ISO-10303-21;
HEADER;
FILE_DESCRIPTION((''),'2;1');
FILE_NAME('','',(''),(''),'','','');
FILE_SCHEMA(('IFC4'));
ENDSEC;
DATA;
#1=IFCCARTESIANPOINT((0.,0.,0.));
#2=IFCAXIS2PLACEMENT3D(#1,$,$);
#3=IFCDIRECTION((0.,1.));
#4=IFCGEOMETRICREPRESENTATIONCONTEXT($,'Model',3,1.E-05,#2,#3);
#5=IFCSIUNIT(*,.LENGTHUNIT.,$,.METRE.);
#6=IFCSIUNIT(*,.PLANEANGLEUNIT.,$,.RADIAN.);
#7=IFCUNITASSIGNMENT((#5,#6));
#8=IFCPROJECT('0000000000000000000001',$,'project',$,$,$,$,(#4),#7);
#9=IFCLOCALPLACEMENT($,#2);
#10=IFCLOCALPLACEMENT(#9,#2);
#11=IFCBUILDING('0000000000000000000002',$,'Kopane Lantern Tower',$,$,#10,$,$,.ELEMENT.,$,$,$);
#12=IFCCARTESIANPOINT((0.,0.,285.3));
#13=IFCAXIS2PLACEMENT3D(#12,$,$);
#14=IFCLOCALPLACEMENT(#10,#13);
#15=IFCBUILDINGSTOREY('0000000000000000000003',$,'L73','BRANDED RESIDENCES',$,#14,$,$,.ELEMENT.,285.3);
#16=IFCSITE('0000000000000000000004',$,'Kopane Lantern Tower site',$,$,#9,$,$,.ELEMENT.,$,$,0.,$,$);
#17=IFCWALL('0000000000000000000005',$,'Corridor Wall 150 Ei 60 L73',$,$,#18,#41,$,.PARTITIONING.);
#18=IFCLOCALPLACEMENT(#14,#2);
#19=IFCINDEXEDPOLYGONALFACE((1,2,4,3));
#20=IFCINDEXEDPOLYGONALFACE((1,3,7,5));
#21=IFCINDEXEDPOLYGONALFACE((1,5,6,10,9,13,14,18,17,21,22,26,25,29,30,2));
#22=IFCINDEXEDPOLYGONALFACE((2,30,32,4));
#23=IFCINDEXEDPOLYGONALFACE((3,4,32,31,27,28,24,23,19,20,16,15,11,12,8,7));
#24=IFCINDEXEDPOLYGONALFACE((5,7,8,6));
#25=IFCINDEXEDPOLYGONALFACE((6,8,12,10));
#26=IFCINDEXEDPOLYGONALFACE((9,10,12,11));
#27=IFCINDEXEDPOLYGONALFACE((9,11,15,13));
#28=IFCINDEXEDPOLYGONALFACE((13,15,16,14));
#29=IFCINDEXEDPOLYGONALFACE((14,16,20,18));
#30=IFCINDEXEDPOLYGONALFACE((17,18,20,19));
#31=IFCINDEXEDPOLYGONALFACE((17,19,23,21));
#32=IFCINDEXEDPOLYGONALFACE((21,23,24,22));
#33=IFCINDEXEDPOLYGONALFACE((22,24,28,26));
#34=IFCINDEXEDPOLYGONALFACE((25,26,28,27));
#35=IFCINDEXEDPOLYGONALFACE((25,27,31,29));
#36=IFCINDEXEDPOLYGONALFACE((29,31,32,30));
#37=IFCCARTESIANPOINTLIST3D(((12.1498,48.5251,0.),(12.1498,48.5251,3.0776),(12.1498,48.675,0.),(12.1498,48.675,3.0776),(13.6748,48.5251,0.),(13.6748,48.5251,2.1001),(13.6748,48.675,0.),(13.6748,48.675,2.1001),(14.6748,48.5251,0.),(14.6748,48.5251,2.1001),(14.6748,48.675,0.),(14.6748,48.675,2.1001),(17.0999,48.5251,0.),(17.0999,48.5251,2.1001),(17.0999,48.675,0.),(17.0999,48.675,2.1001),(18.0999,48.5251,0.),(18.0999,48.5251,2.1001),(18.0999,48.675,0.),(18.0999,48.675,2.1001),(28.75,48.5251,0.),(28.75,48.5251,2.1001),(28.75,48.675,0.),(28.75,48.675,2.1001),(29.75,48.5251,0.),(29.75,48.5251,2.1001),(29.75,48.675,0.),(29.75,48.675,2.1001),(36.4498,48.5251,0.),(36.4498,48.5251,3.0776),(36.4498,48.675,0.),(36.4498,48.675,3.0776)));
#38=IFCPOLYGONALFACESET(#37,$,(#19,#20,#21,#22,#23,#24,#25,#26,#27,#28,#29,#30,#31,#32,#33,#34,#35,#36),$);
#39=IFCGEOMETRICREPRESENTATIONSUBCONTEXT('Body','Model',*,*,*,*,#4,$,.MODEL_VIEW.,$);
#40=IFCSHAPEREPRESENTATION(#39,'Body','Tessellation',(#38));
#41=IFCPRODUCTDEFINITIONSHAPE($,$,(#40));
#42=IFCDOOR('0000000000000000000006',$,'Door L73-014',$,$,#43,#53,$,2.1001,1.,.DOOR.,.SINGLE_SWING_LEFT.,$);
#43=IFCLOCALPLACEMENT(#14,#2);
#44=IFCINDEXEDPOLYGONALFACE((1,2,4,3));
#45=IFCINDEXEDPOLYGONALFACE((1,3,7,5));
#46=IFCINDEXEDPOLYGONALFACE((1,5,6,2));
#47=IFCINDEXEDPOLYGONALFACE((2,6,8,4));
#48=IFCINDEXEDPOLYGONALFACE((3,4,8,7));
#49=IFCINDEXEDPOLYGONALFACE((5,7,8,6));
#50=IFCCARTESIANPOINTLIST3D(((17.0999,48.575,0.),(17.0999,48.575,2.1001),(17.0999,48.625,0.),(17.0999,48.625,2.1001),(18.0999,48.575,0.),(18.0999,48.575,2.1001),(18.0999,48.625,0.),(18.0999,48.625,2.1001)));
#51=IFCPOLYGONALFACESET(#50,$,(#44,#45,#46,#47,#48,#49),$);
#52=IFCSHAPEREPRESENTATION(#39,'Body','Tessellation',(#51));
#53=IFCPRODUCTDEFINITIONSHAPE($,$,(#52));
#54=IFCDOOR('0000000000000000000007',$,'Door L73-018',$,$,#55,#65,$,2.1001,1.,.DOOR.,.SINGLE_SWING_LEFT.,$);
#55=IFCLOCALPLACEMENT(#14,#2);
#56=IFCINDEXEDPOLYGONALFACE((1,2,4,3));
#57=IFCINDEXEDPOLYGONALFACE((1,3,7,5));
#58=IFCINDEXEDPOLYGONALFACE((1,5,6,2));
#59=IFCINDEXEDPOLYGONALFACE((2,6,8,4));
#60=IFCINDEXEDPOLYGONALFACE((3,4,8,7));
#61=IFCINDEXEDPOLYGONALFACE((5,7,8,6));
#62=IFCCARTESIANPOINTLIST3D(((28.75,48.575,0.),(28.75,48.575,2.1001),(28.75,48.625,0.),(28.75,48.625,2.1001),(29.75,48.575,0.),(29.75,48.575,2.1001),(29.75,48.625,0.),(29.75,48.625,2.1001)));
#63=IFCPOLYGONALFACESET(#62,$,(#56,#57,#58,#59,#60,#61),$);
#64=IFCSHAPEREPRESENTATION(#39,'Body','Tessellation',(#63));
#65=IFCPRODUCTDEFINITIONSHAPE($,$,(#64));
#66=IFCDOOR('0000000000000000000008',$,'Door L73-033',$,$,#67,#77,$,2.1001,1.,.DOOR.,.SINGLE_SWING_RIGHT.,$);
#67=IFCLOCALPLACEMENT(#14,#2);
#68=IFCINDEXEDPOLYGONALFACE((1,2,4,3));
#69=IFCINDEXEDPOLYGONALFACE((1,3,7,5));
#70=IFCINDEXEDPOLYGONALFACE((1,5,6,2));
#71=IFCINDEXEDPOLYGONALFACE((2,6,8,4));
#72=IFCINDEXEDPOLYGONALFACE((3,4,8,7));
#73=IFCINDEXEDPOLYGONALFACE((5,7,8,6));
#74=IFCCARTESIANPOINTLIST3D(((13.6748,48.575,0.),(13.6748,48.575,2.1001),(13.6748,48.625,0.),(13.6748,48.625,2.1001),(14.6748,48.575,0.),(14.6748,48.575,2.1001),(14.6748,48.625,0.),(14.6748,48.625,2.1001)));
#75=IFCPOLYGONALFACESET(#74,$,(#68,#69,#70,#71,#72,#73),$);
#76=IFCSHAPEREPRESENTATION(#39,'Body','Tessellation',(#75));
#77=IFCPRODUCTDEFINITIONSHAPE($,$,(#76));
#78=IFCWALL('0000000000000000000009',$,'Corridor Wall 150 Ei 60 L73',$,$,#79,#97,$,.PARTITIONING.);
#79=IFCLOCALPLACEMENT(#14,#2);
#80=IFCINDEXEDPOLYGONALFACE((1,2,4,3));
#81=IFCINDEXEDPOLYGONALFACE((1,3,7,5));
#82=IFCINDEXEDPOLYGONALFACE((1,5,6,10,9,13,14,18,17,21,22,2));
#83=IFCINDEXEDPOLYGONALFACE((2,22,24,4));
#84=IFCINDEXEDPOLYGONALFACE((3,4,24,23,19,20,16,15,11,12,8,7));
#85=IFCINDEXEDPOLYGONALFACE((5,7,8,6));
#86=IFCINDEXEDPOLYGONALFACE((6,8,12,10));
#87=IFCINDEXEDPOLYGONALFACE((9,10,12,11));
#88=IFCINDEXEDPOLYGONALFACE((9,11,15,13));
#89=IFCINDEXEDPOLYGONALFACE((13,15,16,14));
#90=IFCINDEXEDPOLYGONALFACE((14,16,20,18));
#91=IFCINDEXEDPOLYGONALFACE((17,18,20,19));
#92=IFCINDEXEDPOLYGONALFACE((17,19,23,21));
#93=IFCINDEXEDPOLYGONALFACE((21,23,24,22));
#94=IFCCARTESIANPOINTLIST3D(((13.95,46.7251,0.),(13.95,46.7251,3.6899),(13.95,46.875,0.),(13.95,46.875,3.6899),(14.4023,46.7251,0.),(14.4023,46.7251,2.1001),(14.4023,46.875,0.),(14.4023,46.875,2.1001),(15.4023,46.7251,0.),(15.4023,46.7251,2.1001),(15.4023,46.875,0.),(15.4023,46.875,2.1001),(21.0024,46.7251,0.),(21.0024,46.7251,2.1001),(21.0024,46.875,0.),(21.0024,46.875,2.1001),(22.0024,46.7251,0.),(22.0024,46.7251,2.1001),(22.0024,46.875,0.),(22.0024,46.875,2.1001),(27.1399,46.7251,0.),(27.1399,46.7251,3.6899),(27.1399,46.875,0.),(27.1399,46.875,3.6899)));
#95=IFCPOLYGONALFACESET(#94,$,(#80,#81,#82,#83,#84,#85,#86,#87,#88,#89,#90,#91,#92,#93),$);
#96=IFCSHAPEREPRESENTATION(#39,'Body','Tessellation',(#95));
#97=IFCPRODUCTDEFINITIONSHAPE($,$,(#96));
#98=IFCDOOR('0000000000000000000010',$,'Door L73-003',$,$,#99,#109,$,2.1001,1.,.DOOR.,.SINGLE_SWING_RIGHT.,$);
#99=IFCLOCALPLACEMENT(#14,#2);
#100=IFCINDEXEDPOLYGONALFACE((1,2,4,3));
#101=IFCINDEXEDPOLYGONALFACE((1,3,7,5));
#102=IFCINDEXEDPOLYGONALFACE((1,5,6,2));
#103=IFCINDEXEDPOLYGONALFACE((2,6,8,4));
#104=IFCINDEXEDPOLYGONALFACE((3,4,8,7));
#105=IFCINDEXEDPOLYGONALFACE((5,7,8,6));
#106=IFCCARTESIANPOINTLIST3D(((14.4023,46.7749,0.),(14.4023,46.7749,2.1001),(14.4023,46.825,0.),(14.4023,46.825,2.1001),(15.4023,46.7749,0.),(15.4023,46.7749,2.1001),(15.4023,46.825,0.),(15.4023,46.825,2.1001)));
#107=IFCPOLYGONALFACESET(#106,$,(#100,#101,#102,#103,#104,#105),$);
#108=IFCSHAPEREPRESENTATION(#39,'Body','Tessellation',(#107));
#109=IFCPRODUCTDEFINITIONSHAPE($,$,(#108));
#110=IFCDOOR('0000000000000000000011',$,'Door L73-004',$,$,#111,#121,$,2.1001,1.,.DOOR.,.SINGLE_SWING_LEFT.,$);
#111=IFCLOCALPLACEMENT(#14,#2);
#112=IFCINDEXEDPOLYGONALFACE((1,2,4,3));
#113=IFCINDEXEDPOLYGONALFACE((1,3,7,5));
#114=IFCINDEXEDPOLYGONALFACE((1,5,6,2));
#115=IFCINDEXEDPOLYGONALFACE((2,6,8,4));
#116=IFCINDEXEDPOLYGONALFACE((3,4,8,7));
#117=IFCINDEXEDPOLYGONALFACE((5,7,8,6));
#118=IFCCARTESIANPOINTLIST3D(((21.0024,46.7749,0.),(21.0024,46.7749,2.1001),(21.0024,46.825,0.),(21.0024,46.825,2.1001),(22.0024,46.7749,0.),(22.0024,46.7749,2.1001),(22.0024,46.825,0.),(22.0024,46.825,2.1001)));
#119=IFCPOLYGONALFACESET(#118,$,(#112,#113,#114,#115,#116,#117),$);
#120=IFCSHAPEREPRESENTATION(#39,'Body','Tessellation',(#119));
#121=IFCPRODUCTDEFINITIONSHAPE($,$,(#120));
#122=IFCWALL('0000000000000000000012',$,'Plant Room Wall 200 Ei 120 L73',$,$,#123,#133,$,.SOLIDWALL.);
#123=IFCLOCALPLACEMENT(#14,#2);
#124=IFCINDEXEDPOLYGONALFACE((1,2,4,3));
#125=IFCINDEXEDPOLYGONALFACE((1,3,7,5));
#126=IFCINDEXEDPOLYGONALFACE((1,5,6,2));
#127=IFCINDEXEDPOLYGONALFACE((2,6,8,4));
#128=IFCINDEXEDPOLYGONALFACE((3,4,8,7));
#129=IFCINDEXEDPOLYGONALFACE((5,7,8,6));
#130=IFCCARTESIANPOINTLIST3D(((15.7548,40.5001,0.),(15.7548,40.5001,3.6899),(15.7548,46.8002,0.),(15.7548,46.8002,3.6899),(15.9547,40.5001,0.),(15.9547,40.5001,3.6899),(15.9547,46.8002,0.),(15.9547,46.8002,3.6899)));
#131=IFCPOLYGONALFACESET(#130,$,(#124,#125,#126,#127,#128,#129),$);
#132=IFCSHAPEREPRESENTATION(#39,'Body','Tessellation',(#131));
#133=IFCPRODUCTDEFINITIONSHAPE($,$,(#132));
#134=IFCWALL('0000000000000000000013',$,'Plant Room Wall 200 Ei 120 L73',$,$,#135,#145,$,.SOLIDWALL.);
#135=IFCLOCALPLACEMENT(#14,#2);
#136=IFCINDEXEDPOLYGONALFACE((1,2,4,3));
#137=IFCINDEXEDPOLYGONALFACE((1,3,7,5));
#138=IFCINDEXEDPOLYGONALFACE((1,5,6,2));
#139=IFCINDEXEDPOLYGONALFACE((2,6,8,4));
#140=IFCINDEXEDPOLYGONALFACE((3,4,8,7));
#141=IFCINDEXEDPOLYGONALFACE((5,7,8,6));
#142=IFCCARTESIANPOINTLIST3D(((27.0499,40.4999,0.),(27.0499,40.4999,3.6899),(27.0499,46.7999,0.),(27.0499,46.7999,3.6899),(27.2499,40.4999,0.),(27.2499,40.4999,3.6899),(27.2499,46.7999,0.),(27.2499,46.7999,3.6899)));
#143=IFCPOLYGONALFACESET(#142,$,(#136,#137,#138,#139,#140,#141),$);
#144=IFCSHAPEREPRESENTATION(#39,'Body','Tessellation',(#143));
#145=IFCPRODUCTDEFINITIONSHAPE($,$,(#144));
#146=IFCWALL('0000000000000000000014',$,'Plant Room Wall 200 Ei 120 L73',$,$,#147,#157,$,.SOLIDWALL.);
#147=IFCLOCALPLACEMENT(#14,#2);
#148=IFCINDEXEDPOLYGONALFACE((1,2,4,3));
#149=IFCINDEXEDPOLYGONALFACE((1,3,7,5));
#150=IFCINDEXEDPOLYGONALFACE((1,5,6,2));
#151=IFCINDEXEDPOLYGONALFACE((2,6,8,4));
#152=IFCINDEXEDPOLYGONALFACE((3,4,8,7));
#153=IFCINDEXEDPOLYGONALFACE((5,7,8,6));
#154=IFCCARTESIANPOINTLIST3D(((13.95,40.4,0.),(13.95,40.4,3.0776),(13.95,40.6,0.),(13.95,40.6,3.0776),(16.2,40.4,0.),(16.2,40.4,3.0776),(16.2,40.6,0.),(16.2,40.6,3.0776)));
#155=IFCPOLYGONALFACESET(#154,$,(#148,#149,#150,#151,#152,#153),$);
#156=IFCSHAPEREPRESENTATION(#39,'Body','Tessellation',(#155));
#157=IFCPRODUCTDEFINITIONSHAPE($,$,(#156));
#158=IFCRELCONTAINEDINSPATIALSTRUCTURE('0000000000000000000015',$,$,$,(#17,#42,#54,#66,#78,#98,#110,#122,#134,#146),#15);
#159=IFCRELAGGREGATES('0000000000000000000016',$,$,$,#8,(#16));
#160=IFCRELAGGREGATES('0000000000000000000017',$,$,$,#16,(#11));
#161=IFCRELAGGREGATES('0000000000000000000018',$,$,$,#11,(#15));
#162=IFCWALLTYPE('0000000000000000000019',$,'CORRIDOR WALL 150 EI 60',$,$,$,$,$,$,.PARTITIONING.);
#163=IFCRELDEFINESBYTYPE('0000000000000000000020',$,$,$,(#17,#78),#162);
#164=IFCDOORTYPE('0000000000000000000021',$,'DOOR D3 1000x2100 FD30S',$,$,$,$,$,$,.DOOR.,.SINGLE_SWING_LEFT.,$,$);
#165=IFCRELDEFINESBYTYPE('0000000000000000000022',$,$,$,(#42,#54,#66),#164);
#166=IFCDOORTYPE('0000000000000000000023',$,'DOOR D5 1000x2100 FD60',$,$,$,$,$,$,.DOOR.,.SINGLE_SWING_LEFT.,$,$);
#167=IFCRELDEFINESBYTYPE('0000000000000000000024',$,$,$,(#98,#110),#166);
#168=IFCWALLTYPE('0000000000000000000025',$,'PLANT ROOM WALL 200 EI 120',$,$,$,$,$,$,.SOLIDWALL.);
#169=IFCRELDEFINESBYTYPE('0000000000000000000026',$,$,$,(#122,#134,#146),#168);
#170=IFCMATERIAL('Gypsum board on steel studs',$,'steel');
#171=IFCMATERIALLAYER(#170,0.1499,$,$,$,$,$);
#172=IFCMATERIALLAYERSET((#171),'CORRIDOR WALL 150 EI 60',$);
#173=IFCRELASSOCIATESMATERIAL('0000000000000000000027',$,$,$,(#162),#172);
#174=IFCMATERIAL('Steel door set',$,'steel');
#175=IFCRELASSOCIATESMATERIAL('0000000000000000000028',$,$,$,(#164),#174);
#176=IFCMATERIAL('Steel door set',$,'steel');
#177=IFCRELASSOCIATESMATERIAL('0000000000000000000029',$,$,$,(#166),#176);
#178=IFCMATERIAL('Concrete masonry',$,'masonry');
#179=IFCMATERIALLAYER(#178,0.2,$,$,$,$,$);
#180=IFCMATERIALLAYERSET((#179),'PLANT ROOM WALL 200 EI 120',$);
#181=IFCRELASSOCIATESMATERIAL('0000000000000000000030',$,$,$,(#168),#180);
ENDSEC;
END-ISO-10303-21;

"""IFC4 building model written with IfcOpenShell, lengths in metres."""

from ifc_helpers import new_model, si_unit, direction, frame, frame_2d, origin, place, context, subcontext, project, spatial, rectangle, extrude, material, layer, layer_set, type_object, element, fill, save


model = new_model("IFC4")

# Units and contexts
model_context = context("Model", 3, precision=1e-05, world=origin(), true_north=direction((0.0, 1.0)))
body_context = subcontext(model_context, "Body", "Model", "MODEL_VIEW")
ifc_project = project(units=[si_unit("LENGTHUNIT", "METRE"), si_unit("PLANEANGLEUNIT", "RADIAN")], contexts=[model_context])

# Site, building, storey
site_placement = place(None, origin())
site = spatial("IfcSite", under=ifc_project, at=site_placement, Name="Kopane Lantern Tower site", CompositionType="ELEMENT", RefElevation=0.0)
building_placement = place(site_placement, origin())
building = spatial("IfcBuilding", under=site, at=building_placement, Name="Kopane Lantern Tower", CompositionType="ELEMENT")
storey_placement = place(building_placement, frame((0.0, 0.0, 285.3)))
storey = spatial("IfcBuildingStorey", under=building, at=storey_placement, Name="L73", Description="BRANDED RESIDENCES", CompositionType="ELEMENT", Elevation=285.3)

# Walls, openings, doors
ifc_material_1 = material(Name="Gypsum board on steel studs", Category="steel")
ifc_layer_1 = layer(ifc_material_1, 0.1499)
ifc_layer_set_1 = layer_set([ifc_layer_1], Name="CORRIDOR WALL 150 EI 60")
wall_type_1 = type_object("IfcWallType", Name="CORRIDOR WALL 150 EI 60", PredefinedType="PARTITIONING", material=ifc_layer_set_1)
wall_1_placement = place(storey_placement, frame((12.1499, 48.6001, 0.0), z_axis=(0.0, 0.0, 1.0), x_axis=(1.0, 0.0, 0.0)))
wall_1 = element("IfcWall", 1, at=wall_1_placement, inside=storey, type_object=wall_type_1, Name="Corridor Wall 150 Ei 60 L73", PredefinedType="PARTITIONING", context=body_context, shape_type="SweptSolid", body=[
    extrude(rectangle(XDim=24.3, YDim=0.1499, at=frame_2d((12.1499, 0.0))), origin(), (0.0, 0.0, 1.0), 3.0776),
])
opening_1_placement = place(wall_1_placement, frame((4.95, 0.0, 0.0)))
opening_1 = element("IfcOpeningElement", 2, at=opening_1_placement, cuts=wall_1, PredefinedType="OPENING", context=body_context, shape_type="SweptSolid", body=[
    extrude(rectangle(XDim=1.0, YDim=2.1001, at=frame_2d((0.5, 1.05))), frame((0.0, 0.085, 0.0), z_axis=(0.0, -1.0, 0.0), x_axis=(1.0, 0.0, 0.0)), (0.0, 0.0, 1.0), 0.1699),
])
opening_2_placement = place(wall_1_placement, frame((16.6001, 0.0, 0.0)))
opening_2 = element("IfcOpeningElement", 3, at=opening_2_placement, cuts=wall_1, PredefinedType="OPENING", context=body_context, shape_type="SweptSolid", body=[
    extrude(rectangle(XDim=1.0, YDim=2.1001, at=frame_2d((0.5, 1.05))), frame((0.0, 0.085, 0.0), z_axis=(0.0, -1.0, 0.0), x_axis=(1.0, 0.0, 0.0)), (0.0, 0.0, 1.0), 0.1699),
])
opening_3_placement = place(wall_1_placement, frame((1.5249, 0.0, 0.0)))
opening_3 = element("IfcOpeningElement", 4, at=opening_3_placement, cuts=wall_1, PredefinedType="OPENING", context=body_context, shape_type="SweptSolid", body=[
    extrude(rectangle(XDim=1.0, YDim=2.1001, at=frame_2d((0.5, 1.05))), frame((0.0, 0.085, 0.0), z_axis=(0.0, -1.0, 0.0), x_axis=(1.0, 0.0, 0.0)), (0.0, 0.0, 1.0), 0.1699),
])
ifc_material_2 = material(Name="Steel door set", Category="steel")
door_type_1 = type_object("IfcDoorType", Name="DOOR D3 1000x2100 FD30S", OperationType="SINGLE_SWING_LEFT", PredefinedType="DOOR", material=ifc_material_2)
door_1_placement = place(opening_1_placement, origin())
door_1 = element("IfcDoor", 5, at=door_1_placement, inside=storey, type_object=door_type_1, Name="Door L73-014", OperationType="SINGLE_SWING_LEFT", OverallHeight=2.1001, OverallWidth=1.0, PredefinedType="DOOR", context=body_context, shape_type="SweptSolid", body=[
    extrude(rectangle(XDim=1.0, YDim=2.1001, at=frame_2d((0.5, 1.05))), frame((0.0, 0.0249, 0.0), z_axis=(0.0, -1.0, 0.0), x_axis=(1.0, 0.0, 0.0)), (0.0, 0.0, 1.0), 0.05),
])
fill(opening_1, door_1)
door_2_placement = place(opening_2_placement, origin())
door_2 = element("IfcDoor", 6, at=door_2_placement, inside=storey, type_object=door_type_1, Name="Door L73-018", OperationType="SINGLE_SWING_LEFT", OverallHeight=2.1001, OverallWidth=1.0, PredefinedType="DOOR", context=body_context, shape_type="SweptSolid", body=[
    extrude(rectangle(XDim=1.0, YDim=2.1001, at=frame_2d((0.5, 1.05))), frame((0.0, 0.0249, 0.0), z_axis=(0.0, -1.0, 0.0), x_axis=(1.0, 0.0, 0.0)), (0.0, 0.0, 1.0), 0.05),
])
fill(opening_2, door_2)
door_3_placement = place(opening_3_placement, origin())
door_3 = element("IfcDoor", 7, at=door_3_placement, inside=storey, type_object=door_type_1, Name="Door L73-033", OperationType="SINGLE_SWING_RIGHT", OverallHeight=2.1001, OverallWidth=1.0, PredefinedType="DOOR", context=body_context, shape_type="SweptSolid", body=[
    extrude(rectangle(XDim=1.0, YDim=2.1001, at=frame_2d((0.5, 1.05))), frame((0.0, 0.0249, 0.0), z_axis=(0.0, -1.0, 0.0), x_axis=(1.0, 0.0, 0.0)), (0.0, 0.0, 1.0), 0.05),
])
fill(opening_3, door_3)
wall_2_placement = place(storey_placement, frame((13.95, 46.8, 0.0), z_axis=(0.0, 0.0, 1.0), x_axis=(1.0, 0.0, 0.0)))
wall_2 = element("IfcWall", 8, at=wall_2_placement, inside=storey, type_object=wall_type_1, Name="Corridor Wall 150 Ei 60 L73", PredefinedType="PARTITIONING", context=body_context, shape_type="SweptSolid", body=[
    extrude(rectangle(XDim=13.1899, YDim=0.1499, at=frame_2d((6.595, 0.0))), origin(), (0.0, 0.0, 1.0), 3.6899),
])
opening_4_placement = place(wall_2_placement, frame((0.4524, 0.0, 0.0)))
opening_4 = element("IfcOpeningElement", 9, at=opening_4_placement, cuts=wall_2, PredefinedType="OPENING", context=body_context, shape_type="SweptSolid", body=[
    extrude(rectangle(XDim=1.0, YDim=2.1001, at=frame_2d((0.5, 1.05))), frame((0.0, 0.085, 0.0), z_axis=(0.0, -1.0, 0.0), x_axis=(1.0, 0.0, 0.0)), (0.0, 0.0, 1.0), 0.1699),
])
opening_5_placement = place(wall_2_placement, frame((7.0525, 0.0, 0.0)))
opening_5 = element("IfcOpeningElement", 10, at=opening_5_placement, cuts=wall_2, PredefinedType="OPENING", context=body_context, shape_type="SweptSolid", body=[
    extrude(rectangle(XDim=1.0, YDim=2.1001, at=frame_2d((0.5, 1.05))), frame((0.0, 0.085, 0.0), z_axis=(0.0, -1.0, 0.0), x_axis=(1.0, 0.0, 0.0)), (0.0, 0.0, 1.0), 0.1699),
])
ifc_material_3 = material(Name="Steel door set", Category="steel")
door_type_2 = type_object("IfcDoorType", Name="DOOR D5 1000x2100 FD60", OperationType="SINGLE_SWING_LEFT", PredefinedType="DOOR", material=ifc_material_3)
door_4_placement = place(opening_4_placement, origin())
door_4 = element("IfcDoor", 11, at=door_4_placement, inside=storey, type_object=door_type_2, Name="Door L73-003", OperationType="SINGLE_SWING_RIGHT", OverallHeight=2.1001, OverallWidth=1.0, PredefinedType="DOOR", context=body_context, shape_type="SweptSolid", body=[
    extrude(rectangle(XDim=1.0, YDim=2.1001, at=frame_2d((0.5, 1.05))), frame((0.0, 0.0249, 0.0), z_axis=(0.0, -1.0, 0.0), x_axis=(1.0, 0.0, 0.0)), (0.0, 0.0, 1.0), 0.05),
])
fill(opening_4, door_4)
door_5_placement = place(opening_5_placement, origin())
door_5 = element("IfcDoor", 12, at=door_5_placement, inside=storey, type_object=door_type_2, Name="Door L73-004", OperationType="SINGLE_SWING_LEFT", OverallHeight=2.1001, OverallWidth=1.0, PredefinedType="DOOR", context=body_context, shape_type="SweptSolid", body=[
    extrude(rectangle(XDim=1.0, YDim=2.1001, at=frame_2d((0.5, 1.05))), frame((0.0, 0.0249, 0.0), z_axis=(0.0, -1.0, 0.0), x_axis=(1.0, 0.0, 0.0)), (0.0, 0.0, 1.0), 0.05),
])
fill(opening_5, door_5)

# Walls
ifc_material_4 = material(Name="Concrete masonry", Category="masonry")
ifc_layer_2 = layer(ifc_material_4, 0.2)
ifc_layer_set_2 = layer_set([ifc_layer_2], Name="PLANT ROOM WALL 200 EI 120")
wall_type_2 = type_object("IfcWallType", Name="PLANT ROOM WALL 200 EI 120", PredefinedType="SOLIDWALL", material=ifc_layer_set_2)
for number, where, z_axis, x_axis, name in (
    (13, (15.8547, 46.8, 0.0), (0.0, 0.0, 1.0), (0.0, -1.0, 0.0), "Plant Room Wall 200 Ei 120 L73"),
    (14, (27.1499, 40.5, 0.0), (0.0, 0.0, 1.0), (0.0, 1.0, 0.0), "Plant Room Wall 200 Ei 120 L73"),
):
    element("IfcWall", number, at=place(storey_placement, frame(where, z_axis=z_axis, x_axis=x_axis)), inside=storey, type_object=wall_type_2, Name=name, PredefinedType="SOLIDWALL", context=body_context, shape_type="SweptSolid", body=[
        extrude(rectangle(XDim=6.3, YDim=0.2, at=frame_2d((3.1499, 0.0))), origin(), (0.0, 0.0, 1.0), 3.6899),
    ])
wall_3_placement = place(storey_placement, frame((13.95, 40.5, 0.0), z_axis=(0.0, 0.0, 1.0), x_axis=(1.0, 0.0, 0.0)))
element("IfcWall", 15, at=wall_3_placement, inside=storey, type_object=wall_type_2, Name="Plant Room Wall 200 Ei 120 L73", PredefinedType="SOLIDWALL", context=body_context, shape_type="SweptSolid", body=[
    extrude(rectangle(XDim=2.25, YDim=0.2, at=frame_2d((1.125, 0.0))), origin(), (0.0, 0.0, 1.0), 3.0776),
])

save(model, "model.ifc")
